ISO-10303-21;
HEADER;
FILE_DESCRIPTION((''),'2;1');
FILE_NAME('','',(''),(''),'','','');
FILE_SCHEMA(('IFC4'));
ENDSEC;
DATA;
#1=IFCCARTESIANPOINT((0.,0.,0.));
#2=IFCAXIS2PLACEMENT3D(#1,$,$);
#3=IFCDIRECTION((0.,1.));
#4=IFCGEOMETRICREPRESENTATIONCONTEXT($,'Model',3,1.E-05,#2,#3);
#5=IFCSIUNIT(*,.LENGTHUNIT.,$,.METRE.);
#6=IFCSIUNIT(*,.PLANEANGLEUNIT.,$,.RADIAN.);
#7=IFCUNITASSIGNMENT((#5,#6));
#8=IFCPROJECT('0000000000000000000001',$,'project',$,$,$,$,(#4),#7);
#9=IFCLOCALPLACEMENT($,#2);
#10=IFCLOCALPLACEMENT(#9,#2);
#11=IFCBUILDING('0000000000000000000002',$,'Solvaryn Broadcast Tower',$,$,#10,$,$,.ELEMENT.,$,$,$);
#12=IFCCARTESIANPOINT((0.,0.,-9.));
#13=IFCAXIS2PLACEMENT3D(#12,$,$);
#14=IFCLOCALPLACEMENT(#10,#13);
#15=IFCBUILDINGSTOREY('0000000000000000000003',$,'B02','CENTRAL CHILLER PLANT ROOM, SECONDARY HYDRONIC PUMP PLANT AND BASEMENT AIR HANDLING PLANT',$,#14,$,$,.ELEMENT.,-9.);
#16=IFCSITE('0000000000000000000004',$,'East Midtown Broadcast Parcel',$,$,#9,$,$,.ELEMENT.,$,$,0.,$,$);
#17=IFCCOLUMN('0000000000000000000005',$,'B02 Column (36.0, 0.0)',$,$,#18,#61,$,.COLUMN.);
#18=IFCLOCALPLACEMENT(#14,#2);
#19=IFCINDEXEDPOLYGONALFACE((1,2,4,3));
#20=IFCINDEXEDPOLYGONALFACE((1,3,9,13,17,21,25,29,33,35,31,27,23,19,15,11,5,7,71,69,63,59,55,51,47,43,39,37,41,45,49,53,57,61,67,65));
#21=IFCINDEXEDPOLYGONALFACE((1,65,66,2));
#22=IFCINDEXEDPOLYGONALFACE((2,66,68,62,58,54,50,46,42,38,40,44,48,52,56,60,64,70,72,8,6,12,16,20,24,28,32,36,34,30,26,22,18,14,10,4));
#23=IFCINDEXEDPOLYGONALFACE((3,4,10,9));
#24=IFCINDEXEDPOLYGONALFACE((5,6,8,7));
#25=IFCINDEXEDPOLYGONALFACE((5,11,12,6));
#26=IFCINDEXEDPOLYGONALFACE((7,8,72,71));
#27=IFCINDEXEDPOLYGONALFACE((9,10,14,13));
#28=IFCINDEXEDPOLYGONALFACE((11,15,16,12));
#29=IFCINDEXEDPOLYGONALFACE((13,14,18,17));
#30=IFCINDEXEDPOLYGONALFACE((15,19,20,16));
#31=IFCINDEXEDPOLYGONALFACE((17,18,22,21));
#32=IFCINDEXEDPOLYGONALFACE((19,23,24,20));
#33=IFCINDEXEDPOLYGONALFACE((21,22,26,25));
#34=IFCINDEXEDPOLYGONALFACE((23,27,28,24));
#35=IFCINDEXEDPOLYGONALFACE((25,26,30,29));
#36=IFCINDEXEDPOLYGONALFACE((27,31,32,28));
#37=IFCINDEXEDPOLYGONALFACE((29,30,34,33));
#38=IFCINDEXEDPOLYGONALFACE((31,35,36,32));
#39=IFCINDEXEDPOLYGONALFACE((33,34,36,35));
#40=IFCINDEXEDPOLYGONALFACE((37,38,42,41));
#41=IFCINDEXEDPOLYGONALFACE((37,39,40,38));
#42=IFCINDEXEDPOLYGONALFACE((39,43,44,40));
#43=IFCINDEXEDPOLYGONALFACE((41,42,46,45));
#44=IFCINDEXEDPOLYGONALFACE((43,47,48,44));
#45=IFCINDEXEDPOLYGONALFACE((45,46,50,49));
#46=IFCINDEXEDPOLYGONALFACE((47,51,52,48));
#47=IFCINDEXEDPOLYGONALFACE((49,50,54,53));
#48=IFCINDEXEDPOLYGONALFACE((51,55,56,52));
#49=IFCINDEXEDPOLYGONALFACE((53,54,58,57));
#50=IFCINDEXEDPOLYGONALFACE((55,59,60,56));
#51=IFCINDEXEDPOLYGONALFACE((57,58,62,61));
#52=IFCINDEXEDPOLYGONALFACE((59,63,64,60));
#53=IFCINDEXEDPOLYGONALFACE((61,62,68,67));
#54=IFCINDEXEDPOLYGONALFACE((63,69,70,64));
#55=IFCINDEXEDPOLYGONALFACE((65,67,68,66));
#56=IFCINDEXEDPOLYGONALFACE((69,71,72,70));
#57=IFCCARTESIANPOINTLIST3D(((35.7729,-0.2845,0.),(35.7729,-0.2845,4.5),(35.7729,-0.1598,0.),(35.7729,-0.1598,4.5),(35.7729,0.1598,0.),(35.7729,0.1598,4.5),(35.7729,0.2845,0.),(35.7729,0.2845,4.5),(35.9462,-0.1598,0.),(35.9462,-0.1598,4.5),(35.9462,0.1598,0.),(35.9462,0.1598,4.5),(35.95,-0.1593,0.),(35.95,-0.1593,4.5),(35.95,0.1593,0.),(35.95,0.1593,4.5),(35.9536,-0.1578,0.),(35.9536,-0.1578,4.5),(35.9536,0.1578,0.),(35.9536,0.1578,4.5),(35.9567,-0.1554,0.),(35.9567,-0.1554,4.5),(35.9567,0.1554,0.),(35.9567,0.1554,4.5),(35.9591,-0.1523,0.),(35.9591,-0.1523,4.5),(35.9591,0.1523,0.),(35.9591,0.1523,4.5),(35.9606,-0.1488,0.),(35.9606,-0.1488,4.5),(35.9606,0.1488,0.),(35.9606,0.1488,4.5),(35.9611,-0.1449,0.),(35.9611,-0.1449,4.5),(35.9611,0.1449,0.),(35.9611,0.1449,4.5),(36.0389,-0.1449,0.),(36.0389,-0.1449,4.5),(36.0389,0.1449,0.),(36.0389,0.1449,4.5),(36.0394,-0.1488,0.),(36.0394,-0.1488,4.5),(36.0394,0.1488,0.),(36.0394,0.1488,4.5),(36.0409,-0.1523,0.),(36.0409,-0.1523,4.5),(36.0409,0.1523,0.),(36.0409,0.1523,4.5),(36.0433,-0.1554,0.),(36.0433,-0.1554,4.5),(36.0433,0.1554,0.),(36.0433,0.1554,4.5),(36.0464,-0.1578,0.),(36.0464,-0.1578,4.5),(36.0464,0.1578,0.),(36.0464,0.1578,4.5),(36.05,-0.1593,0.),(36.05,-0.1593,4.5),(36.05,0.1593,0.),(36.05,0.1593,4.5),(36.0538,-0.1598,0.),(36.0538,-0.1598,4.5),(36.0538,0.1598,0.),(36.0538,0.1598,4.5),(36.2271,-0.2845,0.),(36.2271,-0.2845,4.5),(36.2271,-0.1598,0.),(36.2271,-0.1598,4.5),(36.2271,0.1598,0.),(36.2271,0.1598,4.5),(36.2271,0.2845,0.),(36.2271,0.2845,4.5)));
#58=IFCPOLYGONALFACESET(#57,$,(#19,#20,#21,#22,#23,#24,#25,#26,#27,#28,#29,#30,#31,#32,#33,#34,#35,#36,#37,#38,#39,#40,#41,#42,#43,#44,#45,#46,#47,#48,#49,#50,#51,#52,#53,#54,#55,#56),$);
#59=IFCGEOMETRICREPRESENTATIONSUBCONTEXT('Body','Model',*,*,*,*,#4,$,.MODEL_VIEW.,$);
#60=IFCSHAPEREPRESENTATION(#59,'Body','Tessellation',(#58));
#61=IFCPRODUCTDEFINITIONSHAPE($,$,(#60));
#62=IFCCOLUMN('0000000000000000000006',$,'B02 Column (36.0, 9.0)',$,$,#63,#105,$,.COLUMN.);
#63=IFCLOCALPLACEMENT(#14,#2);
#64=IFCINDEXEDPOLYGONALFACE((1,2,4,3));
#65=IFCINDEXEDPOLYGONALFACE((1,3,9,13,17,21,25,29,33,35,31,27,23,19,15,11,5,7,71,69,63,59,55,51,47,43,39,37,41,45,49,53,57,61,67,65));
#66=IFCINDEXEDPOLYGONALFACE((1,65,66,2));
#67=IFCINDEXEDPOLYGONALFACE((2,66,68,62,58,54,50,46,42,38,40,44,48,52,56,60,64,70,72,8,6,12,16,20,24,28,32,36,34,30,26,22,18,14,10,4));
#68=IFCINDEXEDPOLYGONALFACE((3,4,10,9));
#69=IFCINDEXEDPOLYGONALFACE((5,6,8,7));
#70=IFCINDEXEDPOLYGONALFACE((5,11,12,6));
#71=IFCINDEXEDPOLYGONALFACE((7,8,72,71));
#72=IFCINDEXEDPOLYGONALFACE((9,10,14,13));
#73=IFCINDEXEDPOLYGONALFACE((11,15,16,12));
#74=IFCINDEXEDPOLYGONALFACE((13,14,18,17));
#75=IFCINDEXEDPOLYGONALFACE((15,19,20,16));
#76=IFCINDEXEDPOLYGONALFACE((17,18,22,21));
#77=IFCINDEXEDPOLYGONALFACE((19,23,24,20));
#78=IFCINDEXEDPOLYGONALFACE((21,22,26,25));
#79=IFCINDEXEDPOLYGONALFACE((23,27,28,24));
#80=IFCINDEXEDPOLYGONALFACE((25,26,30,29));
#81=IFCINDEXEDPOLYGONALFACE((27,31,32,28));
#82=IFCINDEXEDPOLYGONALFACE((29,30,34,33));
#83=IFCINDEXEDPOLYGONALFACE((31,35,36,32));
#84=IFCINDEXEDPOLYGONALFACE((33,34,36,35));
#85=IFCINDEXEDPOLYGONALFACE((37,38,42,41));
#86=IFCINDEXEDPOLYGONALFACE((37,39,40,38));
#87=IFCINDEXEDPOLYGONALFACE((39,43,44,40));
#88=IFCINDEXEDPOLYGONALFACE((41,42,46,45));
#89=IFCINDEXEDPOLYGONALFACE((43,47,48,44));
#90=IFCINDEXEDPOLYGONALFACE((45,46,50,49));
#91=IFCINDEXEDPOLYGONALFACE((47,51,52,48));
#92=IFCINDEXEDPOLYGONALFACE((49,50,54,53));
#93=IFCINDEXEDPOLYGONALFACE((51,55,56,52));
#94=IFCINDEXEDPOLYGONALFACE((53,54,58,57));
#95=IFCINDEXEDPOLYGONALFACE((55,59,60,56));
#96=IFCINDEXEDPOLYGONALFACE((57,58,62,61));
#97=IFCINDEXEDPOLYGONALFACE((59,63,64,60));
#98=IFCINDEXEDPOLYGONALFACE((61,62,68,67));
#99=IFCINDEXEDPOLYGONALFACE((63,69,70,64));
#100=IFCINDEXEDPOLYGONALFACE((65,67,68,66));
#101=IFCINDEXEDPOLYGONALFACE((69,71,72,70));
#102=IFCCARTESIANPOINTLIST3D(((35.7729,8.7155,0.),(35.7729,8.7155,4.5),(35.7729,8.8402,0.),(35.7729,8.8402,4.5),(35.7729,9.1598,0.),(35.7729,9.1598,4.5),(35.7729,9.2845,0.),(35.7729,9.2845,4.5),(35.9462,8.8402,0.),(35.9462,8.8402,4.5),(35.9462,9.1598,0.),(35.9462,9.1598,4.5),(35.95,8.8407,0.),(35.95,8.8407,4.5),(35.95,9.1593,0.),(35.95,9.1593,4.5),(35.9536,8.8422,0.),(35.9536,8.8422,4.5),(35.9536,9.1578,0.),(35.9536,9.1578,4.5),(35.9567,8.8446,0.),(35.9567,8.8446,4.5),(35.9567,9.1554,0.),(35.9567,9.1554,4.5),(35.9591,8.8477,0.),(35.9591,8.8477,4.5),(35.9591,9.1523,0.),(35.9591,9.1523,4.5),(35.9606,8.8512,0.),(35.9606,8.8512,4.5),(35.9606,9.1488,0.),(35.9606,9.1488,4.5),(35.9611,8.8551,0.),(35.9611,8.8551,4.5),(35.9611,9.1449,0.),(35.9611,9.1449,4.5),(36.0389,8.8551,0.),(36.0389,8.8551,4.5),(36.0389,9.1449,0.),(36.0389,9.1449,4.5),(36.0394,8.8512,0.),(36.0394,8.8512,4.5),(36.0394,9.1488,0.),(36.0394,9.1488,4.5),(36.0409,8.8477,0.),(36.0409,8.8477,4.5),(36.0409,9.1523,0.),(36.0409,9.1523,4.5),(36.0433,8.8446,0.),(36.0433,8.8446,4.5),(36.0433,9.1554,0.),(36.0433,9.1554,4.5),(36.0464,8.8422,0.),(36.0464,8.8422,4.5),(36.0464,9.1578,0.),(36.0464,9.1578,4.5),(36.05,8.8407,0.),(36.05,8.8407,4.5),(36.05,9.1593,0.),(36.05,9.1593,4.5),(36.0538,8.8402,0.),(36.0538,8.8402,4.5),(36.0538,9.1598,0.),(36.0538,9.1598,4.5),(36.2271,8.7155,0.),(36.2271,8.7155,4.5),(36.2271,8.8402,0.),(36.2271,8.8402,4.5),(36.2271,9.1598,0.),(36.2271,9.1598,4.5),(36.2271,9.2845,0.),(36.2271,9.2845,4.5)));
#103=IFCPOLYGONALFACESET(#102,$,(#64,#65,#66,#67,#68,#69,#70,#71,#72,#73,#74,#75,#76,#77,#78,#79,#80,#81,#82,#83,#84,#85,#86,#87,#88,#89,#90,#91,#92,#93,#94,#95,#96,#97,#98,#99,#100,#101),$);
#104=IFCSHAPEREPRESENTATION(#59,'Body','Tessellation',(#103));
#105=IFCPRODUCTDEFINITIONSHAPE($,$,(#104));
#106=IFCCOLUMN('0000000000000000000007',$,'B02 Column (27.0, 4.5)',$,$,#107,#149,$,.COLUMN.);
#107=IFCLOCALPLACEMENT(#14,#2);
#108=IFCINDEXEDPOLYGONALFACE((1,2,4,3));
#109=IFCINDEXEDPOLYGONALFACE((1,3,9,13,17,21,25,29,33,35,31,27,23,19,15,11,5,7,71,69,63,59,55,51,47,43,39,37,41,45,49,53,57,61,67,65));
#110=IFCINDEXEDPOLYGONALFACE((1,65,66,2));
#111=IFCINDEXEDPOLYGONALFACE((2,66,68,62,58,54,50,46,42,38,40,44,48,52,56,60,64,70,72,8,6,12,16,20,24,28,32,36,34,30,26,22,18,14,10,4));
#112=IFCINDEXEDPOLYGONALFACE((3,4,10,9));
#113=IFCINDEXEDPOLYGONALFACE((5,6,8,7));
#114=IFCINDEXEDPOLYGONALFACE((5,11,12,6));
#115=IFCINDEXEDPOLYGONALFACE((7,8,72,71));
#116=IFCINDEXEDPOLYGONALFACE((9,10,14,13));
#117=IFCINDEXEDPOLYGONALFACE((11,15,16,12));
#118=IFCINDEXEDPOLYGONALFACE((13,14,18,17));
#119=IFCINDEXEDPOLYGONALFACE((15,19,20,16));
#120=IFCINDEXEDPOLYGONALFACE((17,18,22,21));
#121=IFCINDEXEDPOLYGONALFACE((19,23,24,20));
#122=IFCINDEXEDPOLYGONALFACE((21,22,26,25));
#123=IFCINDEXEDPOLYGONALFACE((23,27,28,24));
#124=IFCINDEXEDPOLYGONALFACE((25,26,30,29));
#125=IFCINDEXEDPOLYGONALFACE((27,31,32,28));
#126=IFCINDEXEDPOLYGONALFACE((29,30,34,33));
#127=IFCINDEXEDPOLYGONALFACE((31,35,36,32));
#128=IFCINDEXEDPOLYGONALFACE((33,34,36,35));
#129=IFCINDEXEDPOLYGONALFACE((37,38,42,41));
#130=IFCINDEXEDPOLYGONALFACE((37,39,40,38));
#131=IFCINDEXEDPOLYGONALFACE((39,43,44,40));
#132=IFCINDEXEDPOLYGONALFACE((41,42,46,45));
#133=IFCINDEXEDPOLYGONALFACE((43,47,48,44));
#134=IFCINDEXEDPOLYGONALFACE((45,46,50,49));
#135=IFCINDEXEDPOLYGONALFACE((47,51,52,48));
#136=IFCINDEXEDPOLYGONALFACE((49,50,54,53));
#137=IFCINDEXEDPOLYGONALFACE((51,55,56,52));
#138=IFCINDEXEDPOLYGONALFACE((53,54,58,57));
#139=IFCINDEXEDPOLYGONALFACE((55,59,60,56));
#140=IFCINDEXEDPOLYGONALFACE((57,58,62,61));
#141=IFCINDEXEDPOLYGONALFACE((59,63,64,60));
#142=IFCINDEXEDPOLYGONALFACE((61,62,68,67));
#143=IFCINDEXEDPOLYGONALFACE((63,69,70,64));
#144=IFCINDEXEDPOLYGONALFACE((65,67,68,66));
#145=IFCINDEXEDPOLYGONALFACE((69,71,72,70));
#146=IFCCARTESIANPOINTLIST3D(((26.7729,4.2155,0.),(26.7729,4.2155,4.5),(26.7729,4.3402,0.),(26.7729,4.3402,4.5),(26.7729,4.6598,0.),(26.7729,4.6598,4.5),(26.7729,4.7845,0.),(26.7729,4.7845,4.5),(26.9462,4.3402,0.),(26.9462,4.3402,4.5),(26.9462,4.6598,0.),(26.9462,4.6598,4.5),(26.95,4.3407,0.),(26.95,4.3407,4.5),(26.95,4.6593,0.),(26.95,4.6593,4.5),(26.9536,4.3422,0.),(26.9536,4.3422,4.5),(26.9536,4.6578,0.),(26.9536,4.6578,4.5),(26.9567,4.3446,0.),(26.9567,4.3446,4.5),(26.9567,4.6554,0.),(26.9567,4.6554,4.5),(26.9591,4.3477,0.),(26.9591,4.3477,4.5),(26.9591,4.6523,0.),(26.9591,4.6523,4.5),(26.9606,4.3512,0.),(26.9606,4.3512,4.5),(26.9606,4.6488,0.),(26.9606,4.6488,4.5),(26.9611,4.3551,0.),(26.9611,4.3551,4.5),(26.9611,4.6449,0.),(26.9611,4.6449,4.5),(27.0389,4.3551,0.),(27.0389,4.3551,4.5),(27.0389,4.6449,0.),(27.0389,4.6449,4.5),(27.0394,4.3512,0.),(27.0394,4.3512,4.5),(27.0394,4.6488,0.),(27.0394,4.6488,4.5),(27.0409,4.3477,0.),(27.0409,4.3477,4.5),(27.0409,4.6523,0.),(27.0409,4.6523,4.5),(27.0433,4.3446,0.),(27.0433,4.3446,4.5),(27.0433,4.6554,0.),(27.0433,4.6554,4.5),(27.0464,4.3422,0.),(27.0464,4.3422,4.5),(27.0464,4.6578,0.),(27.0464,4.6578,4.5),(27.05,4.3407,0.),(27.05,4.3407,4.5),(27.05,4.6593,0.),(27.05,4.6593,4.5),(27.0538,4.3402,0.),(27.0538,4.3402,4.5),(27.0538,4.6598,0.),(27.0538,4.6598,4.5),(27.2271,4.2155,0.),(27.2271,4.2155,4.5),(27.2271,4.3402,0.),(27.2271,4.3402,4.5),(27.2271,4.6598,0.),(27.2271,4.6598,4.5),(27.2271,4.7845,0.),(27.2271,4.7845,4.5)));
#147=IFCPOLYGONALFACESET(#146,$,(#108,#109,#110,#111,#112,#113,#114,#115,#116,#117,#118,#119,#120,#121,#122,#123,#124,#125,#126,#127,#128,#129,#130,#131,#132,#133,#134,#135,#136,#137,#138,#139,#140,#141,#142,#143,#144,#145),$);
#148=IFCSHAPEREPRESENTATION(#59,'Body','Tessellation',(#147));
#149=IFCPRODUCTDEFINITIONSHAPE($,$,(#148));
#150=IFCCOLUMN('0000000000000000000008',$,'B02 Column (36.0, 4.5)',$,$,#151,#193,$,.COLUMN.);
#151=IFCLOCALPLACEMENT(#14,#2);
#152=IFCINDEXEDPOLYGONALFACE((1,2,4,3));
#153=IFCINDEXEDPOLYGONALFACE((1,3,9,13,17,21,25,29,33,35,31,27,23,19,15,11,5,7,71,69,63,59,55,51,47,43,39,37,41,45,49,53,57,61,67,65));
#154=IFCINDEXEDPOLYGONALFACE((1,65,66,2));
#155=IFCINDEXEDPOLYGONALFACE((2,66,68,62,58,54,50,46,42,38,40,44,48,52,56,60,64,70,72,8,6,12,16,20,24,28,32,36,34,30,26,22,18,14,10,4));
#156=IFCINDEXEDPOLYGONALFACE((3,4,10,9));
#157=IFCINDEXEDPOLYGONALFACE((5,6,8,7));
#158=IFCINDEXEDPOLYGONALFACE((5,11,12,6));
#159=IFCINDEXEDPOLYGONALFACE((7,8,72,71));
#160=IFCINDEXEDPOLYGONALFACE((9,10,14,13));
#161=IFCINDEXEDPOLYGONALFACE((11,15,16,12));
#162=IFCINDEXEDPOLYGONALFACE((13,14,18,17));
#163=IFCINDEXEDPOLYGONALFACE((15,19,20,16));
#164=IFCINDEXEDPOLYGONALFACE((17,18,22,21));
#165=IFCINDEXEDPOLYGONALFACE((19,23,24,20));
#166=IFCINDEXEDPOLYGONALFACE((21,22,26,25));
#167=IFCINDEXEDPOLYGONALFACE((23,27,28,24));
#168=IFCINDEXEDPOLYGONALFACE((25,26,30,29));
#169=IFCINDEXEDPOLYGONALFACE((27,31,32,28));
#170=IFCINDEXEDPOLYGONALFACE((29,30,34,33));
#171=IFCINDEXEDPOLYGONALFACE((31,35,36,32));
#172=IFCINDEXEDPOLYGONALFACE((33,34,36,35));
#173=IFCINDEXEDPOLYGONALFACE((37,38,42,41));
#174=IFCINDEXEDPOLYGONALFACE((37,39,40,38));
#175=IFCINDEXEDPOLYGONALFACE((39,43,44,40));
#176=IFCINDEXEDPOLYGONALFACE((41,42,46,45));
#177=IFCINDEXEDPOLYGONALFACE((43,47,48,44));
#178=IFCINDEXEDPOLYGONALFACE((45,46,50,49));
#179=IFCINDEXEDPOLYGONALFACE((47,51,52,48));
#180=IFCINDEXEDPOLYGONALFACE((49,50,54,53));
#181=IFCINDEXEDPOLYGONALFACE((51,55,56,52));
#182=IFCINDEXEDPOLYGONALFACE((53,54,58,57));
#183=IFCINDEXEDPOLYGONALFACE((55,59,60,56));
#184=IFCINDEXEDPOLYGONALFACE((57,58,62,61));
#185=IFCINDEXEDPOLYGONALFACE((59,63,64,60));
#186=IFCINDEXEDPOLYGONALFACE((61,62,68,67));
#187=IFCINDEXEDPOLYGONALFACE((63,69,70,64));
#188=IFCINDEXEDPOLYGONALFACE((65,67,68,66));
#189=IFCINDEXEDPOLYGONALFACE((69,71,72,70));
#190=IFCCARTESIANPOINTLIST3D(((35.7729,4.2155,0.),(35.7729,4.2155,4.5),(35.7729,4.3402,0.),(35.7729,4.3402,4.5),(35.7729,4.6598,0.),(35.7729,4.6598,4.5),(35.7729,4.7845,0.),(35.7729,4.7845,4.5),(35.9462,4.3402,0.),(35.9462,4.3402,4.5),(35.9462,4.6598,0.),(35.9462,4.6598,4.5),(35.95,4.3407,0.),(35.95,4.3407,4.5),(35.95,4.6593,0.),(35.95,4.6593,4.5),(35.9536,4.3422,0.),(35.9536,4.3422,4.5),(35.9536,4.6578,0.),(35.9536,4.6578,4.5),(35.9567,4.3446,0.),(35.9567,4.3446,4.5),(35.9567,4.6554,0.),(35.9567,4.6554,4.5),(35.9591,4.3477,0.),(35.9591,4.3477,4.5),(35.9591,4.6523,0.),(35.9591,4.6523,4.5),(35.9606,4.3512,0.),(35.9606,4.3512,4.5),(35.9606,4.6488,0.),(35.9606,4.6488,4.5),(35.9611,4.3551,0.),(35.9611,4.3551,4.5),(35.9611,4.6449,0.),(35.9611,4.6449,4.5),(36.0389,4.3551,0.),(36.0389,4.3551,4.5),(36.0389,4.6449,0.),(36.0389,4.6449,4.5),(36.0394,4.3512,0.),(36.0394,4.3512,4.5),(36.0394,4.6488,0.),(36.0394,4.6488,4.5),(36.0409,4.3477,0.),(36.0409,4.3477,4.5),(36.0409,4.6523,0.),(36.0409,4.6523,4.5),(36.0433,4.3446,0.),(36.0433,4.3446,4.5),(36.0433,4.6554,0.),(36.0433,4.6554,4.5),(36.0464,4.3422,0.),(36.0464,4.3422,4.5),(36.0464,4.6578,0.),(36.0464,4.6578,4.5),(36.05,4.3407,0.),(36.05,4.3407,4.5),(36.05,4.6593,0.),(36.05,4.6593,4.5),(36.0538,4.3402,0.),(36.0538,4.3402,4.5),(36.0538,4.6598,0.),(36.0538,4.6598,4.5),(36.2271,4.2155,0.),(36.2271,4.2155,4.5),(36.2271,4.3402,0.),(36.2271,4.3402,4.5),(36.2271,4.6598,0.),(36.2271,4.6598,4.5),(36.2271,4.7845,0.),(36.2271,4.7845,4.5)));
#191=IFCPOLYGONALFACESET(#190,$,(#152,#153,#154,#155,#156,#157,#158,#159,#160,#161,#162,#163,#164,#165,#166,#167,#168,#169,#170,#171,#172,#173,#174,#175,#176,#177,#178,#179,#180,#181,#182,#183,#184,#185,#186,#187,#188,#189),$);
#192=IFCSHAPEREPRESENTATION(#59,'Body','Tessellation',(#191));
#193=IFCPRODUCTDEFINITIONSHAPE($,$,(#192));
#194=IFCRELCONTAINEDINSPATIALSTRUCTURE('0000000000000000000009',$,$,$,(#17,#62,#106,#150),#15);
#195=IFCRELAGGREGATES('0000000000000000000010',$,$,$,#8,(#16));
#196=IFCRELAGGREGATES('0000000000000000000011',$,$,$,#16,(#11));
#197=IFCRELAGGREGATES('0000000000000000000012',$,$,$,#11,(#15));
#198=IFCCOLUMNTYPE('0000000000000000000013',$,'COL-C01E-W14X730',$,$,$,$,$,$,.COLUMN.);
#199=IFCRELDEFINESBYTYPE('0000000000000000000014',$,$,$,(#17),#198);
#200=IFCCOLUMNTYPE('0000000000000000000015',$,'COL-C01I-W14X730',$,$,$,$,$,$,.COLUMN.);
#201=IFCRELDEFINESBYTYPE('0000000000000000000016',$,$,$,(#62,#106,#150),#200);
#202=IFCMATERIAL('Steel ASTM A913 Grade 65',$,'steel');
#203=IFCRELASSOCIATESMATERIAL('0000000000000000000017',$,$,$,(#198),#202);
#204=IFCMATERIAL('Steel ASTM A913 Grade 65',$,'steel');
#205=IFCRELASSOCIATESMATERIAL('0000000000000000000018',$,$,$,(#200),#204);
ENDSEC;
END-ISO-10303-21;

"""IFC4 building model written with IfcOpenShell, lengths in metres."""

from ifc_helpers import new_model, si_unit, direction, frame, origin, origin_2d, place, context, subcontext, project, spatial, i_section, extrude, material, material_profile, profile_set, type_object, element, save


model = new_model("IFC4")

# Units and contexts
model_context = context("Model", 3, precision=1e-05, world=origin(), true_north=direction((0.0, 1.0)))
body_context = subcontext(model_context, "Body", "Model", "MODEL_VIEW")
ifc_project = project(units=[si_unit("LENGTHUNIT", "METRE"), si_unit("PLANEANGLEUNIT", "RADIAN")], contexts=[model_context])

# Site, building, storey
site_placement = place(None, origin())
site = spatial("IfcSite", under=ifc_project, at=site_placement, Name="East Midtown Broadcast Parcel", CompositionType="ELEMENT", RefElevation=0.0)
building_placement = place(site_placement, origin())
building = spatial("IfcBuilding", under=site, at=building_placement, Name="Solvaryn Broadcast Tower", CompositionType="ELEMENT")
storey_placement = place(building_placement, frame((0.0, 0.0, -9.0)))
storey = spatial("IfcBuildingStorey", under=building, at=storey_placement, Name="B02", Description="CENTRAL CHILLER PLANT ROOM, SECONDARY HYDRONIC PUMP PLANT AND BASEMENT AIR HANDLING PLANT", CompositionType="ELEMENT", Elevation=-9.0)

# Columns
ifc_material_1 = material(Name="Steel ASTM A913 Grade 65", Category="steel")
ifc_material_profile_1 = material_profile(ifc_material_1, i_section(OverallWidth=0.4541, OverallDepth=0.5691, WebThickness=0.0779, FlangeThickness=0.1248, FilletRadius=0.0149, at=origin_2d()))
ifc_profile_set_1 = profile_set([ifc_material_profile_1], Name="Steel ASTM A913 Grade 65")
column_type_1 = type_object("IfcColumnType", Name="COL-C01E-W14X730", PredefinedType="COLUMN", material=ifc_profile_set_1)
column_placement = place(storey_placement, frame((36.0, 0.0, 0.0), z_axis=(0.0, 0.0, 1.0), x_axis=(1.0, 0.0, 0.0)))
element("IfcColumn", 1, at=column_placement, inside=storey, type_object=column_type_1, Name="B02 Column (36.0, 0.0)", PredefinedType="COLUMN", context=body_context, shape_type="SweptSolid", body=[
    extrude(i_section(OverallWidth=0.4541, OverallDepth=0.5691, WebThickness=0.0779, FlangeThickness=0.1248, FilletRadius=0.0149, at=origin_2d()), origin(), (0.0, 0.0, 1.0), 4.5),
])
ifc_material_2 = material(Name="Steel ASTM A913 Grade 65", Category="steel")
ifc_material_profile_2 = material_profile(ifc_material_2, i_section(OverallWidth=0.4541, OverallDepth=0.5691, WebThickness=0.0779, FlangeThickness=0.1248, FilletRadius=0.0149, at=origin_2d()))
ifc_profile_set_2 = profile_set([ifc_material_profile_2], Name="Steel ASTM A913 Grade 65")
column_type_2 = type_object("IfcColumnType", Name="COL-C01I-W14X730", PredefinedType="COLUMN", material=ifc_profile_set_2)
for number, where, z_axis, x_axis, name in (
    (2, (36.0, 9.0, 0.0), (0.0, 0.0, 1.0), (1.0, 0.0, 0.0), "B02 Column (36.0, 9.0)"),
    (3, (27.0, 4.5, 0.0), (0.0, 0.0, 1.0), (1.0, 0.0, 0.0), "B02 Column (27.0, 4.5)"),
    (4, (36.0, 4.5, 0.0), (0.0, 0.0, 1.0), (1.0, 0.0, 0.0), "B02 Column (36.0, 4.5)"),
):
    element("IfcColumn", number, at=place(storey_placement, frame(where, z_axis=z_axis, x_axis=x_axis)), inside=storey, type_object=column_type_2, Name=name, PredefinedType="COLUMN", context=body_context, shape_type="SweptSolid", body=[
        extrude(i_section(OverallWidth=0.4541, OverallDepth=0.5691, WebThickness=0.0779, FlangeThickness=0.1248, FilletRadius=0.0149, at=origin_2d()), origin(), (0.0, 0.0, 1.0), 4.5),
    ])

save(model, "model.ifc")
